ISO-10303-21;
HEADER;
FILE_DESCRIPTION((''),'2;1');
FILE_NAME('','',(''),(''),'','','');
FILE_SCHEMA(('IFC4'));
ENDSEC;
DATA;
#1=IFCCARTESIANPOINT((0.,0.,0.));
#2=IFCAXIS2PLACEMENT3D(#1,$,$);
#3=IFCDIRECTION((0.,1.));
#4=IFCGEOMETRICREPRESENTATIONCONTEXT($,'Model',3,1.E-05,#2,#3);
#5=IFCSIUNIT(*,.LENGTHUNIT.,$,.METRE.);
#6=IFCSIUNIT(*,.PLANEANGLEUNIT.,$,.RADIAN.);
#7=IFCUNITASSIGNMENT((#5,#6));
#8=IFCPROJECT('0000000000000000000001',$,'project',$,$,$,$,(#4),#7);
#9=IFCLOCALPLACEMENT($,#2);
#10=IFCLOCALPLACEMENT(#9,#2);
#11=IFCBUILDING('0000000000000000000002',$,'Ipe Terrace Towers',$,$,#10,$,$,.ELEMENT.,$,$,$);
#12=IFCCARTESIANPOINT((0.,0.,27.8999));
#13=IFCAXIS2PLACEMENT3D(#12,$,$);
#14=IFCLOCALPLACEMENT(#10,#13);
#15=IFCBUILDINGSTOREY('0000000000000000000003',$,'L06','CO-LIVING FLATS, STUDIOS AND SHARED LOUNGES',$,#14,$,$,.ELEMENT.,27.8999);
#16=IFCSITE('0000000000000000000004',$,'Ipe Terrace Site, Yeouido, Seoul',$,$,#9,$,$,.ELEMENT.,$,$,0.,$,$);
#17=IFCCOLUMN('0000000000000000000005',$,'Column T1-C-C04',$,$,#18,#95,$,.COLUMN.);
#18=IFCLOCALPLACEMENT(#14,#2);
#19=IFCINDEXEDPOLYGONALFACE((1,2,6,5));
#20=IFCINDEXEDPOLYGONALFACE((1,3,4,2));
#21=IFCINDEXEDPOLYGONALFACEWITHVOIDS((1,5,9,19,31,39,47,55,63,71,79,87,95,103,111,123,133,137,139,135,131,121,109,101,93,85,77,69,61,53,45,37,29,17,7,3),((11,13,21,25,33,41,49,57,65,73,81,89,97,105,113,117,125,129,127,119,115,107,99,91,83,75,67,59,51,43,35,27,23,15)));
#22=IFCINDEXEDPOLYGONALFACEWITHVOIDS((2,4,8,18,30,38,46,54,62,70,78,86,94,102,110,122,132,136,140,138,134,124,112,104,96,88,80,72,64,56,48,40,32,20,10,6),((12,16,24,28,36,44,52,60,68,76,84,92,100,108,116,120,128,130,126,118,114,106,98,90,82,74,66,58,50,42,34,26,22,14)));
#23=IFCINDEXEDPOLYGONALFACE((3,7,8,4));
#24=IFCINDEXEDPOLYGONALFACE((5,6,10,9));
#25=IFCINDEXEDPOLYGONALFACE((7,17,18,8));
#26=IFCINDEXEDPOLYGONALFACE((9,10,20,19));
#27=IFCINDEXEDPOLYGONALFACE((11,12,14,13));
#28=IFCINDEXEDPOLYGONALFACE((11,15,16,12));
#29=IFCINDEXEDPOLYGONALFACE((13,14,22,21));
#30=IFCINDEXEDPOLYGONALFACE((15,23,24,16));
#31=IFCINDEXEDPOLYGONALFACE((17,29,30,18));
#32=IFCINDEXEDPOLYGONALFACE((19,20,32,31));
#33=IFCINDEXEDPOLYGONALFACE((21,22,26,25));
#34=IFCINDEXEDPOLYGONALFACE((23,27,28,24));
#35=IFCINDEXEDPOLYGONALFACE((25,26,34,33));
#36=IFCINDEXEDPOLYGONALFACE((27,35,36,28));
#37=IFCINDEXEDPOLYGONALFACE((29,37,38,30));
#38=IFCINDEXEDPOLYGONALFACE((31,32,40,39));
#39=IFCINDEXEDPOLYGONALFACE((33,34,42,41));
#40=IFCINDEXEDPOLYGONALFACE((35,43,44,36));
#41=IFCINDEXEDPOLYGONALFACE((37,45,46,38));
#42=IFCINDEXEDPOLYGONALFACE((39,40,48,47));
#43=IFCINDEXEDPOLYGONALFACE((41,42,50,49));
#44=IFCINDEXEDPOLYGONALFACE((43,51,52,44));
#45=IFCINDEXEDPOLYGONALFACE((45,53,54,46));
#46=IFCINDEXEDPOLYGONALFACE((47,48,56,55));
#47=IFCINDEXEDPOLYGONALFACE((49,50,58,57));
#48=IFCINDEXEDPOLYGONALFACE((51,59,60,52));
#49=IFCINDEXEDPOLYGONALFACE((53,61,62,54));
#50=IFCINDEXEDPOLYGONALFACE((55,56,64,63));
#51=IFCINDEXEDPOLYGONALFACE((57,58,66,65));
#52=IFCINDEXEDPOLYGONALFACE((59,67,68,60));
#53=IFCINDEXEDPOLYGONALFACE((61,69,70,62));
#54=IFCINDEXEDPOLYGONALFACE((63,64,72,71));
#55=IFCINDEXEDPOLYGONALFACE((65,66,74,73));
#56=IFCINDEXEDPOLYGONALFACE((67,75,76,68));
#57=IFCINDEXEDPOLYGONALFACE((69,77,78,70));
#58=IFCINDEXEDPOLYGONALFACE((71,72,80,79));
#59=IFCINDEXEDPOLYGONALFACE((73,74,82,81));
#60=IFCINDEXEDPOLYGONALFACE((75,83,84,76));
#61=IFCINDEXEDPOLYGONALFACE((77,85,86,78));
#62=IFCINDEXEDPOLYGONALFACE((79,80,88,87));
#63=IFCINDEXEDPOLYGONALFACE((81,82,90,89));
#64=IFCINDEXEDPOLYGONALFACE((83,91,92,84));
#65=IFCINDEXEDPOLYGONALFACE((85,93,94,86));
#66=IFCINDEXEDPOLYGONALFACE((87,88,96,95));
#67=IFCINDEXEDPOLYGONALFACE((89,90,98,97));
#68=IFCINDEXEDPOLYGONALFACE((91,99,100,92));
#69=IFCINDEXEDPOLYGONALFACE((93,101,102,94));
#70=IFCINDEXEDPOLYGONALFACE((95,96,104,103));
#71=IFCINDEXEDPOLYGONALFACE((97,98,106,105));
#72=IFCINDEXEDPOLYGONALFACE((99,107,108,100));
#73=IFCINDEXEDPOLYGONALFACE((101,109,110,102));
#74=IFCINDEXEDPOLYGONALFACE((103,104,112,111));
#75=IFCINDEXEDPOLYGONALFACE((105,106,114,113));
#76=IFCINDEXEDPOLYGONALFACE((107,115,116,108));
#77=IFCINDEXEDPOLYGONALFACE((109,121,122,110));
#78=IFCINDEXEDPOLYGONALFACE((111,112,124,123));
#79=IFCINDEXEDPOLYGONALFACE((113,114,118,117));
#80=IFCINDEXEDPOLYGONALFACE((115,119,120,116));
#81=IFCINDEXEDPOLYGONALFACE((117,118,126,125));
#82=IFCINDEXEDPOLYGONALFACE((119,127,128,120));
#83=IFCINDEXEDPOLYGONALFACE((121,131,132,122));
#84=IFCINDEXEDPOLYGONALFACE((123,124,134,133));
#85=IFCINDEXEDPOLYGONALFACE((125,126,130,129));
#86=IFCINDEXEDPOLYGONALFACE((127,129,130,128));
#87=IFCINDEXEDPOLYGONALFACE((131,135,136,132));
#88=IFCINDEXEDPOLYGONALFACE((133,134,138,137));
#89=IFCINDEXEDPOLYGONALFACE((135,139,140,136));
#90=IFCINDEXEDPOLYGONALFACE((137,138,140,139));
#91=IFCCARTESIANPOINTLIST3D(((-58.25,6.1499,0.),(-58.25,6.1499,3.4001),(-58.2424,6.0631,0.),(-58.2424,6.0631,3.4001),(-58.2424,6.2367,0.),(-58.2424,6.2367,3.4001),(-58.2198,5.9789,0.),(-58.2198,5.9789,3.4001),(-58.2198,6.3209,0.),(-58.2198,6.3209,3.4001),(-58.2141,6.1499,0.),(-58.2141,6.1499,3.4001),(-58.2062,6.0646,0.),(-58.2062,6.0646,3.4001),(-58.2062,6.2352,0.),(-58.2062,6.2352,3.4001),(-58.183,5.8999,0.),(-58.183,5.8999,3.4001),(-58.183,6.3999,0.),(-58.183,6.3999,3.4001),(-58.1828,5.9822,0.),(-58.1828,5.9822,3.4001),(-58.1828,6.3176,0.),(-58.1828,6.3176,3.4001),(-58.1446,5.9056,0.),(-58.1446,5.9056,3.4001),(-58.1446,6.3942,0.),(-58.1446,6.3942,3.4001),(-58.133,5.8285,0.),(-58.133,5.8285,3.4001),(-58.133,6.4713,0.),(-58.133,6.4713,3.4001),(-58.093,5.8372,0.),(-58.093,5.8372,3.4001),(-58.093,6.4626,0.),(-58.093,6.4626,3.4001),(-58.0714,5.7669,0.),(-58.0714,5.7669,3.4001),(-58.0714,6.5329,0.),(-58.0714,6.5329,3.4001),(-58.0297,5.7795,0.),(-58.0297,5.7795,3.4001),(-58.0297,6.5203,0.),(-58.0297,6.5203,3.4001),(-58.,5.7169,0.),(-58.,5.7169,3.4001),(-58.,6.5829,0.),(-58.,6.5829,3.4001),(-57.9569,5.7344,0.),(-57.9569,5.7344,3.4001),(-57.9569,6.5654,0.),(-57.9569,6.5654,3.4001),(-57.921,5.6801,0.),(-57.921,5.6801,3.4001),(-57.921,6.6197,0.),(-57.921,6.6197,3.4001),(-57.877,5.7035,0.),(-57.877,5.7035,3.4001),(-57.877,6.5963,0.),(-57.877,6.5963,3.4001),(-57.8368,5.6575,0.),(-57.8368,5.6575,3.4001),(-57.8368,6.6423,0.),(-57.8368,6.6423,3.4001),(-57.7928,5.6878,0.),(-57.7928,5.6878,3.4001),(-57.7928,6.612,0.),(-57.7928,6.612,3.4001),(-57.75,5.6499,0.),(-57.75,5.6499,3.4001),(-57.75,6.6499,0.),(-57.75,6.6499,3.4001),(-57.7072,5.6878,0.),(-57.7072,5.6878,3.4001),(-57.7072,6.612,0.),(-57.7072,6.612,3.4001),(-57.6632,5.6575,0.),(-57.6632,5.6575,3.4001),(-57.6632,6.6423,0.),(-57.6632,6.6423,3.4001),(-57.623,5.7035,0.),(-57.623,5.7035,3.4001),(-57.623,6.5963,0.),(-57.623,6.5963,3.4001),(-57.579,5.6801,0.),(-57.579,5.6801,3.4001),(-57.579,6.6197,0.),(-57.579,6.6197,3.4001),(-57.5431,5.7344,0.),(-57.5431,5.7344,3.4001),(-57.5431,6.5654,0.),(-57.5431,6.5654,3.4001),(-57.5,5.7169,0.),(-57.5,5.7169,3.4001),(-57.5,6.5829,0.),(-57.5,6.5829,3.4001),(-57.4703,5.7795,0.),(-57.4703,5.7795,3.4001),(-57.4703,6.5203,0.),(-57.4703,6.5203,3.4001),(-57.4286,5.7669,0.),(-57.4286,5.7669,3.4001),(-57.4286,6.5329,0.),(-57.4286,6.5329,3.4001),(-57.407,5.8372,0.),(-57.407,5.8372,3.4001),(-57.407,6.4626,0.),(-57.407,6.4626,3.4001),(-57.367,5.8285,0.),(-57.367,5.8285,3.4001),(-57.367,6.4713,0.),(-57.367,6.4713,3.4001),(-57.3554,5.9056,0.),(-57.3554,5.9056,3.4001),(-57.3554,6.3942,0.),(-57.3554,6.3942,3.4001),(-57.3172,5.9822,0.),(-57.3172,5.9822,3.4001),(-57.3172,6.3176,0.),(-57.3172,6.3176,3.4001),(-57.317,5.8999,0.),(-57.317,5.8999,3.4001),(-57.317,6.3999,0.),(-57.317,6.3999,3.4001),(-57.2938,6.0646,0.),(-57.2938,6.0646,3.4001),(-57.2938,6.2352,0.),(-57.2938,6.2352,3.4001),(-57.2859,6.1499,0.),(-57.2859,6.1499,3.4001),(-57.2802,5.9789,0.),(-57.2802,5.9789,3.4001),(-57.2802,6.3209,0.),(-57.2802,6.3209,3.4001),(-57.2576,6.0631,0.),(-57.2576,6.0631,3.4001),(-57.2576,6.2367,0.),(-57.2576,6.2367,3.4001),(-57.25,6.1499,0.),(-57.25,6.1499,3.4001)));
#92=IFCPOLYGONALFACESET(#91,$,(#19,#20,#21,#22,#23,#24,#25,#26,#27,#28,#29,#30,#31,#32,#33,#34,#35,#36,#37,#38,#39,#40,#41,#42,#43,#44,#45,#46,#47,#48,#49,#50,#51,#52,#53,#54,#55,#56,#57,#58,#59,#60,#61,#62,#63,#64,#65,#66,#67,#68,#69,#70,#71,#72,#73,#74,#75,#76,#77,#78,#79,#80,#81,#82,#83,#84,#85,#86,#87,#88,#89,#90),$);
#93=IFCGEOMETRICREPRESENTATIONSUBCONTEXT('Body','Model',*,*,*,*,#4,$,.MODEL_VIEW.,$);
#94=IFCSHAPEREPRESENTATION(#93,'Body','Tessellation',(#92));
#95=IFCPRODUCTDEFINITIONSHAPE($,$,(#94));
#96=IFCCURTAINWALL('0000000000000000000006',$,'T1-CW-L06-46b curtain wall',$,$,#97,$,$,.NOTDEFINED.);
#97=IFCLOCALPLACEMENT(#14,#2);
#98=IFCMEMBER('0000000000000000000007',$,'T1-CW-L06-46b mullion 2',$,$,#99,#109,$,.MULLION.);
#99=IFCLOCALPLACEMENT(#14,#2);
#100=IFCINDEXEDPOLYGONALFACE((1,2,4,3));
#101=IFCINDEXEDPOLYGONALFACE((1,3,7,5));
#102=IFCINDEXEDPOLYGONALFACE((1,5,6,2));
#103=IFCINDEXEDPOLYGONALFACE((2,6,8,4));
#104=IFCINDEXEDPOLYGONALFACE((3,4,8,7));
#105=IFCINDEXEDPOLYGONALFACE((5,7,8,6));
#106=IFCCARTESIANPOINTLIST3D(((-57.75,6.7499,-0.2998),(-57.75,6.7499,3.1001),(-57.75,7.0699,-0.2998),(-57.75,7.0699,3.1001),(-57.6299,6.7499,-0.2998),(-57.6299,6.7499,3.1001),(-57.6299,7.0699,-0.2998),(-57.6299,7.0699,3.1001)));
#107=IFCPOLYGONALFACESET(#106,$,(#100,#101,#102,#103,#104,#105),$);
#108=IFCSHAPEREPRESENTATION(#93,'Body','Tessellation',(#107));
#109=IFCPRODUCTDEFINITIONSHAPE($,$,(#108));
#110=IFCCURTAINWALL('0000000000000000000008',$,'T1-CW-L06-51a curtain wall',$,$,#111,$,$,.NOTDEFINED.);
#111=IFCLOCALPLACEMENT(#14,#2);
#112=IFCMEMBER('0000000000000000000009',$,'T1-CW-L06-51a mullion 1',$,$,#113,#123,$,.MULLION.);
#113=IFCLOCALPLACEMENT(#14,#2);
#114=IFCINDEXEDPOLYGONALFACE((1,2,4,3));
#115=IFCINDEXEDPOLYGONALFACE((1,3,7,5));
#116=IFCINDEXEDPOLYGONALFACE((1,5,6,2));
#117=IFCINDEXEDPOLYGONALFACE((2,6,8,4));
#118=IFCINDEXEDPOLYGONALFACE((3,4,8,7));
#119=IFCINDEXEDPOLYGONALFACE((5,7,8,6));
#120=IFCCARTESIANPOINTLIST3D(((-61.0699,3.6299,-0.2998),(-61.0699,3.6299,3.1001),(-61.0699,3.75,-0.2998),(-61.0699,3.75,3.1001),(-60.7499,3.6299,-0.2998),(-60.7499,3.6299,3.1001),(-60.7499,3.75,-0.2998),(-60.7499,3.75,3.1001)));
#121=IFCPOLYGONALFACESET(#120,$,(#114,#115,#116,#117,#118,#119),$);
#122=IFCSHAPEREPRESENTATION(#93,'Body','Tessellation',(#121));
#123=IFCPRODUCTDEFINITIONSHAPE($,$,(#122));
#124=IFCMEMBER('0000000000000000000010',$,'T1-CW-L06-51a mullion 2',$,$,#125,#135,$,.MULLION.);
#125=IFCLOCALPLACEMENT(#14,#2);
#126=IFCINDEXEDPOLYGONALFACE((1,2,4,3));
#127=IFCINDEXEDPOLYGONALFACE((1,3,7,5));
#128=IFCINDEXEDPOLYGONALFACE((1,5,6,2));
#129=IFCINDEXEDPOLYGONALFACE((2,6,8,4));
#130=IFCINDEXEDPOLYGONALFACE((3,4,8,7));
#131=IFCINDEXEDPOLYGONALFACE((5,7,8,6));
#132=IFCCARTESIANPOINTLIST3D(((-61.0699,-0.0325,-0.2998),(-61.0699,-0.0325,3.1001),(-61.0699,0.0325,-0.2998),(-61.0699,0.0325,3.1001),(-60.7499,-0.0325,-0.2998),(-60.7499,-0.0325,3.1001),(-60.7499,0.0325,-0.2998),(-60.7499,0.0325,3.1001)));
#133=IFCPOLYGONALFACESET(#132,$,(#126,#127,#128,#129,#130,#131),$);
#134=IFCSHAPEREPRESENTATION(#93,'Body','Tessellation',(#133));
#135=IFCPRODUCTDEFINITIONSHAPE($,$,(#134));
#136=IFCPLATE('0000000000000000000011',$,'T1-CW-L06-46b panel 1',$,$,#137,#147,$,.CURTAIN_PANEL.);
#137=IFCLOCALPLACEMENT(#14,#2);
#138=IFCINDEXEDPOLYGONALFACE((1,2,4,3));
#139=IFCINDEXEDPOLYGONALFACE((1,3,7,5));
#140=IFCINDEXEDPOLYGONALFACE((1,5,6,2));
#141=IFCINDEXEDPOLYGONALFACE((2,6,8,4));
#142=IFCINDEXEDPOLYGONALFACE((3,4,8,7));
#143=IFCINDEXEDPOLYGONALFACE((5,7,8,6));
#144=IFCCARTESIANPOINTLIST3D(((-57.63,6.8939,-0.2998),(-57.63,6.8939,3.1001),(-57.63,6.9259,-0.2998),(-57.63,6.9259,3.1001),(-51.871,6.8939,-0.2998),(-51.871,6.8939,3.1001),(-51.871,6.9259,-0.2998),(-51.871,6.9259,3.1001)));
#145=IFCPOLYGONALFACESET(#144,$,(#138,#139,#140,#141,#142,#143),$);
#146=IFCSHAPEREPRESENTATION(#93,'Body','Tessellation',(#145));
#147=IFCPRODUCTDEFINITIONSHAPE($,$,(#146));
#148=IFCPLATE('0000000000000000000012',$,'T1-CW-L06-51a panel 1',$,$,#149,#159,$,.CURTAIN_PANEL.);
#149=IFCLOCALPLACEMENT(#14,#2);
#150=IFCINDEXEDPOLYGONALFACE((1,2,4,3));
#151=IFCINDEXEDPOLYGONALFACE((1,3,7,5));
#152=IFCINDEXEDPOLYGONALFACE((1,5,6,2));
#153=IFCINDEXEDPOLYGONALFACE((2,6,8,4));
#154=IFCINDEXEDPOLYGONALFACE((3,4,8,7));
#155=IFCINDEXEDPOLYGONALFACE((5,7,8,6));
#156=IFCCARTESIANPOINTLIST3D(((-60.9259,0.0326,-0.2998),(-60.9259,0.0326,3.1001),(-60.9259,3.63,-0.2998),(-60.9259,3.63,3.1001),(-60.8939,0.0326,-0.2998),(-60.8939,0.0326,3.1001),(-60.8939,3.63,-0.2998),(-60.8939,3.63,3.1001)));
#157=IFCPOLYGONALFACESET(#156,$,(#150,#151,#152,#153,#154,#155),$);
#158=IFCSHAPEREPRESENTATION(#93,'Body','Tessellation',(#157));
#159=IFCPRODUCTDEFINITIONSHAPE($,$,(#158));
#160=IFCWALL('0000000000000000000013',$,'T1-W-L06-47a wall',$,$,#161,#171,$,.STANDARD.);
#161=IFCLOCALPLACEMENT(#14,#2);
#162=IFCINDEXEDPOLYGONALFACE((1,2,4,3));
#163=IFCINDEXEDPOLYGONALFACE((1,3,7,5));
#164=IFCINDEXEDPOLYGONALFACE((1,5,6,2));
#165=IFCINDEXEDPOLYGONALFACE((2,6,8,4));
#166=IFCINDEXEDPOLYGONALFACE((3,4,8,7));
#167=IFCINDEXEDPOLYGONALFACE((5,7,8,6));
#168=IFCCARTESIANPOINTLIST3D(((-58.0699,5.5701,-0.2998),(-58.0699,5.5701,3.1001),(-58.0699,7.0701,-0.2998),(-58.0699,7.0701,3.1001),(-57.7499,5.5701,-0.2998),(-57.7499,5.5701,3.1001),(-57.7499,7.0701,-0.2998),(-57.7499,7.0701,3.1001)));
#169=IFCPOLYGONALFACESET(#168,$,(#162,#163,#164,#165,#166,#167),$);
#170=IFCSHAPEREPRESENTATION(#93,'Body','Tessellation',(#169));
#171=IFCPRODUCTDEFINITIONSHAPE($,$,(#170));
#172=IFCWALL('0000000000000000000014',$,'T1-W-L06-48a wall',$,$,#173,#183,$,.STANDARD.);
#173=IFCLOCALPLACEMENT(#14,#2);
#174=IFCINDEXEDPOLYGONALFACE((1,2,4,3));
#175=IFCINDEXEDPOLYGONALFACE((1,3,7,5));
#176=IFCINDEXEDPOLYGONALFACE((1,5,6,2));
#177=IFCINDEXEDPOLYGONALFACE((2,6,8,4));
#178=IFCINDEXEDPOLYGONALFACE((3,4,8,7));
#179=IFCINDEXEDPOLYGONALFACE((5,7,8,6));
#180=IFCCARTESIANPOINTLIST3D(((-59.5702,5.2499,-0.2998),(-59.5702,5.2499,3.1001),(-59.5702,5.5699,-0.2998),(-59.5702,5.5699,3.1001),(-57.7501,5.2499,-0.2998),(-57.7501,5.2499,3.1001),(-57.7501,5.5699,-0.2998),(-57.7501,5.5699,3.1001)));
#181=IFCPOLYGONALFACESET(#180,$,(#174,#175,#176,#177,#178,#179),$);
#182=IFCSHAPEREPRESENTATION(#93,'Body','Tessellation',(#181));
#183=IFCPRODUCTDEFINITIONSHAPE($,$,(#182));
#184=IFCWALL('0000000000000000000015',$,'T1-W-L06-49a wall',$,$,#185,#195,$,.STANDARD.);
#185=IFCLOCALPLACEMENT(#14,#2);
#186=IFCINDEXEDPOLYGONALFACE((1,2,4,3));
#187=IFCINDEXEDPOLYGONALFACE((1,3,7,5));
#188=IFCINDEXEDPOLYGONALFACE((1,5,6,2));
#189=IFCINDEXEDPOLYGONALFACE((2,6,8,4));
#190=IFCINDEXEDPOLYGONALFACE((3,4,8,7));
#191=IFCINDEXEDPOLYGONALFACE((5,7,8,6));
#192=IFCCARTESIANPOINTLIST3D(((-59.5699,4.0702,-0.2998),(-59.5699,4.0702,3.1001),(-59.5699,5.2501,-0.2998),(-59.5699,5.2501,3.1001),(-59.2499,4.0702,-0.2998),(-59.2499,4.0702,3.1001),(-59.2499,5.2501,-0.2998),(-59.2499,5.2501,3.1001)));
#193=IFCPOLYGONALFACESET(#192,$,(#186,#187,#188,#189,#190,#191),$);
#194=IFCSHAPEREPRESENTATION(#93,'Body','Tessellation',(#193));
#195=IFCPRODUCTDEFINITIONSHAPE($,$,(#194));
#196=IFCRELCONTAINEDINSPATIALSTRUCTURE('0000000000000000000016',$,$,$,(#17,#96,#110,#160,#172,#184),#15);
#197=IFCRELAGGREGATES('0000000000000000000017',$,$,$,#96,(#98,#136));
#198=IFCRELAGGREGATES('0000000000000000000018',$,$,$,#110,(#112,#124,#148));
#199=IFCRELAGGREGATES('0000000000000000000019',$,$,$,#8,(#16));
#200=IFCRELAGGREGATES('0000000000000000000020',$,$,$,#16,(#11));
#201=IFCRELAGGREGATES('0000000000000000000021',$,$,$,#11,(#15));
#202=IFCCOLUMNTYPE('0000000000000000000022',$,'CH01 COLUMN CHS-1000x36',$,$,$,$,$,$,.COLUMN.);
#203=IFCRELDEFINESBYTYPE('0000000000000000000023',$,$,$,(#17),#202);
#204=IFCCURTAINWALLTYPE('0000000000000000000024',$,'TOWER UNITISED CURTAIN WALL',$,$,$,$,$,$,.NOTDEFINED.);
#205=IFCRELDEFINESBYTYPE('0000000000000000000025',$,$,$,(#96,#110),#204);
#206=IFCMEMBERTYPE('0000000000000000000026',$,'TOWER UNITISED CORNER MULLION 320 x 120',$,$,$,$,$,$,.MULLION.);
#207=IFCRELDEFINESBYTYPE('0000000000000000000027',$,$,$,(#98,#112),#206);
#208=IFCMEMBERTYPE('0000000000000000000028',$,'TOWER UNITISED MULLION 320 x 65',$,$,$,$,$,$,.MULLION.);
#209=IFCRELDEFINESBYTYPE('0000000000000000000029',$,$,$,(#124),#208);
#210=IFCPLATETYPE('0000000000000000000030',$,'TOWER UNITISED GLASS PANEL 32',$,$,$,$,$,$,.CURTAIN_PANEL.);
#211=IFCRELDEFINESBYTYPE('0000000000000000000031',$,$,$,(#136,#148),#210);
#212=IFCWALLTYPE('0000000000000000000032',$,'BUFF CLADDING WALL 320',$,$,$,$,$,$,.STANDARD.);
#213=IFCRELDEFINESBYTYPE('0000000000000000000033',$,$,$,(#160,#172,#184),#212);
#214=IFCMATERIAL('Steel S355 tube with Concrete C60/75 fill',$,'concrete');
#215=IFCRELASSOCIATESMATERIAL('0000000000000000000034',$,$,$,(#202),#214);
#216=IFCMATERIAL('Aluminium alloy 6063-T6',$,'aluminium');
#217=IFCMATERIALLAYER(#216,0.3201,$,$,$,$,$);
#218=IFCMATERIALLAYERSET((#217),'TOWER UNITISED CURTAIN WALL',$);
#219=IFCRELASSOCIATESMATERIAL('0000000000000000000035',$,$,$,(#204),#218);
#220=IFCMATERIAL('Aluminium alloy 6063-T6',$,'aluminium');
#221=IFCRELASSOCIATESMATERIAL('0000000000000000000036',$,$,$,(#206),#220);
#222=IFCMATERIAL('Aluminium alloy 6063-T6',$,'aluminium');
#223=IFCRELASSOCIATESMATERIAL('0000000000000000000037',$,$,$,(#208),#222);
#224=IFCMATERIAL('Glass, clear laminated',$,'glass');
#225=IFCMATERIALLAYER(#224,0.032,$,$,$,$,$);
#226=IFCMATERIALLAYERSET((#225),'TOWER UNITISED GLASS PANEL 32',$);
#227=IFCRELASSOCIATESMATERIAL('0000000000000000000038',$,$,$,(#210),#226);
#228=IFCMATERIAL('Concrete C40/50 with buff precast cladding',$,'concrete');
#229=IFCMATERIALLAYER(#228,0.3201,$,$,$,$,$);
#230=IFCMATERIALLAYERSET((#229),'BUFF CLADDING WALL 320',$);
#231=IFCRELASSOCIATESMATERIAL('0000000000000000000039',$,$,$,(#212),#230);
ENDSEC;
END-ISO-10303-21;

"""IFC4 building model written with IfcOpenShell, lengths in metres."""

from ifc_helpers import new_model, si_unit, direction, frame, frame_2d, origin, origin_2d, place, context, subcontext, project, spatial, rectangle, hollow_circle, extrude, material, layer, layer_set, material_profile, profile_set, type_object, element, aggregate, save


model = new_model("IFC4")

# Units and contexts
model_context = context("Model", 3, precision=1e-05, world=origin(), true_north=direction((0.0, 1.0)))
body_context = subcontext(model_context, "Body", "Model", "MODEL_VIEW")
ifc_project = project(units=[si_unit("LENGTHUNIT", "METRE"), si_unit("PLANEANGLEUNIT", "RADIAN")], contexts=[model_context])

# Site, building, storey
site_placement = place(None, origin())
site = spatial("IfcSite", under=ifc_project, at=site_placement, Name="Ipe Terrace Site, Yeouido, Seoul", CompositionType="ELEMENT", RefElevation=0.0)
building_placement = place(site_placement, origin())
building = spatial("IfcBuilding", under=site, at=building_placement, Name="Ipe Terrace Towers", CompositionType="ELEMENT")
storey_placement = place(building_placement, frame((0.0, 0.0, 27.8999)))
storey = spatial("IfcBuildingStorey", under=building, at=storey_placement, Name="L06", Description="CO-LIVING FLATS, STUDIOS AND SHARED LOUNGES", CompositionType="ELEMENT", Elevation=27.8999)

# Column
ifc_material_1 = material(Name="Steel S355 tube with Concrete C60/75 fill", Category="concrete")
ifc_material_profile_1 = material_profile(ifc_material_1, hollow_circle(Radius=0.5, WallThickness=0.0359, at=origin_2d()), Name="CHS-1000x36")
ifc_profile_set_1 = profile_set([ifc_material_profile_1], Name="Steel S355 tube with Concrete C60/75 fill")
column_type = type_object("IfcColumnType", Name="CH01 COLUMN CHS-1000x36", PredefinedType="COLUMN", material=ifc_profile_set_1)
column_placement = place(storey_placement, frame((-57.75, 6.1499, 0.0), z_axis=(0.0, 0.0, 1.0), x_axis=(1.0, 0.0, 0.0)))
element("IfcColumn", 1, at=column_placement, inside=storey, type_object=column_type, Name="Column T1-C-C04", PredefinedType="COLUMN", context=body_context, shape_type="SweptSolid", body=[
    extrude(hollow_circle(Radius=0.5, WallThickness=0.0359, at=origin_2d()), origin(), (0.0, 0.0, 1.0), 3.4001),
])

# Curtain wall, member
ifc_material_2 = material(Name="Aluminium alloy 6063-T6", Category="aluminium")
ifc_layer_1 = layer(ifc_material_2, 0.3201)
ifc_layer_set_1 = layer_set([ifc_layer_1], Name="TOWER UNITISED CURTAIN WALL")
curtain_wall_type = type_object("IfcCurtainWallType", Name="TOWER UNITISED CURTAIN WALL", PredefinedType="NOTDEFINED", material=ifc_layer_set_1)
curtain_wall_1_placement = place(storey_placement, origin())
curtain_wall_1 = element("IfcCurtainWall", 2, at=curtain_wall_1_placement, inside=storey, type_object=curtain_wall_type, Name="T1-CW-L06-46b curtain wall", PredefinedType="NOTDEFINED")
ifc_material_3 = material(Name="Aluminium alloy 6063-T6", Category="aluminium")
ifc_material_profile_2 = material_profile(ifc_material_3, rectangle(XDim=0.3201, YDim=0.1201, at=origin_2d()), Name="TOWER UNITISED CORNER MULLION 320 x 120")
ifc_profile_set_2 = profile_set([ifc_material_profile_2], Name="Aluminium alloy 6063-T6")
member_type_1 = type_object("IfcMemberType", Name="TOWER UNITISED CORNER MULLION 320 x 120", PredefinedType="MULLION", material=ifc_profile_set_2)
member_1_placement = place(storey_placement, frame((-57.6899, 6.9099, -0.2998), z_axis=(0.0, 0.0, 1.0), x_axis=(0.0, 1.0, 0.0)))
member_1 = element("IfcMember", 3, at=member_1_placement, type_object=member_type_1, Name="T1-CW-L06-46b mullion 2", PredefinedType="MULLION", context=body_context, shape_type="SweptSolid", body=[
    extrude(rectangle(XDim=0.3201, YDim=0.1201, at=origin_2d()), origin(), (0.0, 0.0, 1.0), 3.3999),
])

# Curtain wall, members
curtain_wall_2_placement = place(storey_placement, origin())
curtain_wall_2 = element("IfcCurtainWall", 4, at=curtain_wall_2_placement, inside=storey, type_object=curtain_wall_type, Name="T1-CW-L06-51a curtain wall", PredefinedType="NOTDEFINED")
member_2_placement = place(storey_placement, frame((-60.9099, 3.6899, -0.2998), z_axis=(0.0, 0.0, 1.0), x_axis=(-1.0, 0.0, 0.0)))
member_2 = element("IfcMember", 5, at=member_2_placement, type_object=member_type_1, Name="T1-CW-L06-51a mullion 1", PredefinedType="MULLION", context=body_context, shape_type="SweptSolid", body=[
    extrude(rectangle(XDim=0.3201, YDim=0.1201, at=origin_2d()), origin(), (0.0, 0.0, 1.0), 3.3999),
])
ifc_material_4 = material(Name="Aluminium alloy 6063-T6", Category="aluminium")
ifc_material_profile_3 = material_profile(ifc_material_4, rectangle(XDim=0.3201, YDim=0.0649, at=origin_2d()), Name="TOWER UNITISED MULLION 320 x 65")
ifc_profile_set_3 = profile_set([ifc_material_profile_3], Name="Aluminium alloy 6063-T6")
member_type_2 = type_object("IfcMemberType", Name="TOWER UNITISED MULLION 320 x 65", PredefinedType="MULLION", material=ifc_profile_set_3)
member_3_placement = place(storey_placement, frame((-60.9099, 0.0, -0.2998), z_axis=(0.0, 0.0, 1.0), x_axis=(-1.0, 0.0, 0.0)))
member_3 = element("IfcMember", 6, at=member_3_placement, type_object=member_type_2, Name="T1-CW-L06-51a mullion 2", PredefinedType="MULLION", context=body_context, shape_type="SweptSolid", body=[
    extrude(rectangle(XDim=0.3201, YDim=0.0649, at=origin_2d()), origin(), (0.0, 0.0, 1.0), 3.3999),
])

# Plates
ifc_material_5 = material(Name="Glass, clear laminated", Category="glass")
ifc_layer_2 = layer(ifc_material_5, 0.032)
ifc_layer_set_2 = layer_set([ifc_layer_2], Name="TOWER UNITISED GLASS PANEL 32")
plate_type = type_object("IfcPlateType", Name="TOWER UNITISED GLASS PANEL 32", PredefinedType="CURTAIN_PANEL", material=ifc_layer_set_2)
plate_1_placement = place(storey_placement, frame((-54.7505, 6.9099, -0.2998), z_axis=(0.0, 0.0, 1.0), x_axis=(-1.0, 0.0, 0.0)))
plate_1 = element("IfcPlate", 7, at=plate_1_placement, type_object=plate_type, Name="T1-CW-L06-46b panel 1", PredefinedType="CURTAIN_PANEL", context=body_context, shape_type="SweptSolid", body=[
    extrude(rectangle(XDim=5.759, YDim=0.032, at=origin_2d()), origin(), (0.0, 0.0, 1.0), 3.3999),
])
aggregate(curtain_wall_1, [member_1, plate_1])
plate_2_placement = place(storey_placement, frame((-60.9099, 1.8313, -0.2998), z_axis=(0.0, 0.0, 1.0), x_axis=(0.0, -1.0, 0.0)))
plate_2 = element("IfcPlate", 8, at=plate_2_placement, type_object=plate_type, Name="T1-CW-L06-51a panel 1", PredefinedType="CURTAIN_PANEL", context=body_context, shape_type="SweptSolid", body=[
    extrude(rectangle(XDim=3.5974, YDim=0.032, at=origin_2d()), origin(), (0.0, 0.0, 1.0), 3.3999),
])
aggregate(curtain_wall_2, [member_2, member_3, plate_2])

# Walls
ifc_material_6 = material(Name="Concrete C40/50 with buff precast cladding", Category="concrete")
ifc_layer_3 = layer(ifc_material_6, 0.3201)
ifc_layer_set_3 = layer_set([ifc_layer_3], Name="BUFF CLADDING WALL 320")
wall_type_1 = type_object("IfcWallType", Name="BUFF CLADDING WALL 320", PredefinedType="STANDARD", material=ifc_layer_set_3)
wall_1_placement = place(storey_placement, frame((-57.9099, 7.0701, -0.2998), z_axis=(0.0, 0.0, 1.0), x_axis=(0.0, -1.0, 0.0)))
element("IfcWall", 9, at=wall_1_placement, inside=storey, type_object=wall_type_1, Name="T1-W-L06-47a wall", PredefinedType="STANDARD", context=body_context, shape_type="SweptSolid", body=[
    extrude(rectangle(XDim=1.5, YDim=0.3201, at=frame_2d((0.75, 0.0))), origin(), (0.0, 0.0, 1.0), 3.3999),
])
wall_2_placement = place(storey_placement, frame((-57.75, 5.4099, -0.2998), z_axis=(0.0, 0.0, 1.0), x_axis=(-1.0, 0.0, 0.0)))
element("IfcWall", 10, at=wall_2_placement, inside=storey, type_object=wall_type_1, Name="T1-W-L06-48a wall", PredefinedType="STANDARD", context=body_context, shape_type="SweptSolid", body=[
    extrude(rectangle(XDim=1.8201, YDim=0.3201, at=frame_2d((0.9102, 0.0))), origin(), (0.0, 0.0, 1.0), 3.3999),
])
wall_3_placement = place(storey_placement, frame((-59.4099, 5.25, -0.2998), z_axis=(0.0, 0.0, 1.0), x_axis=(0.0, -1.0, 0.0)))
element("IfcWall", 11, at=wall_3_placement, inside=storey, type_object=wall_type_1, Name="T1-W-L06-49a wall", PredefinedType="STANDARD", context=body_context, shape_type="SweptSolid", body=[
    extrude(rectangle(XDim=1.1799, YDim=0.3201, at=frame_2d((0.5898, 0.0))), origin(), (0.0, 0.0, 1.0), 3.3999),
])

save(model, "model.ifc")
